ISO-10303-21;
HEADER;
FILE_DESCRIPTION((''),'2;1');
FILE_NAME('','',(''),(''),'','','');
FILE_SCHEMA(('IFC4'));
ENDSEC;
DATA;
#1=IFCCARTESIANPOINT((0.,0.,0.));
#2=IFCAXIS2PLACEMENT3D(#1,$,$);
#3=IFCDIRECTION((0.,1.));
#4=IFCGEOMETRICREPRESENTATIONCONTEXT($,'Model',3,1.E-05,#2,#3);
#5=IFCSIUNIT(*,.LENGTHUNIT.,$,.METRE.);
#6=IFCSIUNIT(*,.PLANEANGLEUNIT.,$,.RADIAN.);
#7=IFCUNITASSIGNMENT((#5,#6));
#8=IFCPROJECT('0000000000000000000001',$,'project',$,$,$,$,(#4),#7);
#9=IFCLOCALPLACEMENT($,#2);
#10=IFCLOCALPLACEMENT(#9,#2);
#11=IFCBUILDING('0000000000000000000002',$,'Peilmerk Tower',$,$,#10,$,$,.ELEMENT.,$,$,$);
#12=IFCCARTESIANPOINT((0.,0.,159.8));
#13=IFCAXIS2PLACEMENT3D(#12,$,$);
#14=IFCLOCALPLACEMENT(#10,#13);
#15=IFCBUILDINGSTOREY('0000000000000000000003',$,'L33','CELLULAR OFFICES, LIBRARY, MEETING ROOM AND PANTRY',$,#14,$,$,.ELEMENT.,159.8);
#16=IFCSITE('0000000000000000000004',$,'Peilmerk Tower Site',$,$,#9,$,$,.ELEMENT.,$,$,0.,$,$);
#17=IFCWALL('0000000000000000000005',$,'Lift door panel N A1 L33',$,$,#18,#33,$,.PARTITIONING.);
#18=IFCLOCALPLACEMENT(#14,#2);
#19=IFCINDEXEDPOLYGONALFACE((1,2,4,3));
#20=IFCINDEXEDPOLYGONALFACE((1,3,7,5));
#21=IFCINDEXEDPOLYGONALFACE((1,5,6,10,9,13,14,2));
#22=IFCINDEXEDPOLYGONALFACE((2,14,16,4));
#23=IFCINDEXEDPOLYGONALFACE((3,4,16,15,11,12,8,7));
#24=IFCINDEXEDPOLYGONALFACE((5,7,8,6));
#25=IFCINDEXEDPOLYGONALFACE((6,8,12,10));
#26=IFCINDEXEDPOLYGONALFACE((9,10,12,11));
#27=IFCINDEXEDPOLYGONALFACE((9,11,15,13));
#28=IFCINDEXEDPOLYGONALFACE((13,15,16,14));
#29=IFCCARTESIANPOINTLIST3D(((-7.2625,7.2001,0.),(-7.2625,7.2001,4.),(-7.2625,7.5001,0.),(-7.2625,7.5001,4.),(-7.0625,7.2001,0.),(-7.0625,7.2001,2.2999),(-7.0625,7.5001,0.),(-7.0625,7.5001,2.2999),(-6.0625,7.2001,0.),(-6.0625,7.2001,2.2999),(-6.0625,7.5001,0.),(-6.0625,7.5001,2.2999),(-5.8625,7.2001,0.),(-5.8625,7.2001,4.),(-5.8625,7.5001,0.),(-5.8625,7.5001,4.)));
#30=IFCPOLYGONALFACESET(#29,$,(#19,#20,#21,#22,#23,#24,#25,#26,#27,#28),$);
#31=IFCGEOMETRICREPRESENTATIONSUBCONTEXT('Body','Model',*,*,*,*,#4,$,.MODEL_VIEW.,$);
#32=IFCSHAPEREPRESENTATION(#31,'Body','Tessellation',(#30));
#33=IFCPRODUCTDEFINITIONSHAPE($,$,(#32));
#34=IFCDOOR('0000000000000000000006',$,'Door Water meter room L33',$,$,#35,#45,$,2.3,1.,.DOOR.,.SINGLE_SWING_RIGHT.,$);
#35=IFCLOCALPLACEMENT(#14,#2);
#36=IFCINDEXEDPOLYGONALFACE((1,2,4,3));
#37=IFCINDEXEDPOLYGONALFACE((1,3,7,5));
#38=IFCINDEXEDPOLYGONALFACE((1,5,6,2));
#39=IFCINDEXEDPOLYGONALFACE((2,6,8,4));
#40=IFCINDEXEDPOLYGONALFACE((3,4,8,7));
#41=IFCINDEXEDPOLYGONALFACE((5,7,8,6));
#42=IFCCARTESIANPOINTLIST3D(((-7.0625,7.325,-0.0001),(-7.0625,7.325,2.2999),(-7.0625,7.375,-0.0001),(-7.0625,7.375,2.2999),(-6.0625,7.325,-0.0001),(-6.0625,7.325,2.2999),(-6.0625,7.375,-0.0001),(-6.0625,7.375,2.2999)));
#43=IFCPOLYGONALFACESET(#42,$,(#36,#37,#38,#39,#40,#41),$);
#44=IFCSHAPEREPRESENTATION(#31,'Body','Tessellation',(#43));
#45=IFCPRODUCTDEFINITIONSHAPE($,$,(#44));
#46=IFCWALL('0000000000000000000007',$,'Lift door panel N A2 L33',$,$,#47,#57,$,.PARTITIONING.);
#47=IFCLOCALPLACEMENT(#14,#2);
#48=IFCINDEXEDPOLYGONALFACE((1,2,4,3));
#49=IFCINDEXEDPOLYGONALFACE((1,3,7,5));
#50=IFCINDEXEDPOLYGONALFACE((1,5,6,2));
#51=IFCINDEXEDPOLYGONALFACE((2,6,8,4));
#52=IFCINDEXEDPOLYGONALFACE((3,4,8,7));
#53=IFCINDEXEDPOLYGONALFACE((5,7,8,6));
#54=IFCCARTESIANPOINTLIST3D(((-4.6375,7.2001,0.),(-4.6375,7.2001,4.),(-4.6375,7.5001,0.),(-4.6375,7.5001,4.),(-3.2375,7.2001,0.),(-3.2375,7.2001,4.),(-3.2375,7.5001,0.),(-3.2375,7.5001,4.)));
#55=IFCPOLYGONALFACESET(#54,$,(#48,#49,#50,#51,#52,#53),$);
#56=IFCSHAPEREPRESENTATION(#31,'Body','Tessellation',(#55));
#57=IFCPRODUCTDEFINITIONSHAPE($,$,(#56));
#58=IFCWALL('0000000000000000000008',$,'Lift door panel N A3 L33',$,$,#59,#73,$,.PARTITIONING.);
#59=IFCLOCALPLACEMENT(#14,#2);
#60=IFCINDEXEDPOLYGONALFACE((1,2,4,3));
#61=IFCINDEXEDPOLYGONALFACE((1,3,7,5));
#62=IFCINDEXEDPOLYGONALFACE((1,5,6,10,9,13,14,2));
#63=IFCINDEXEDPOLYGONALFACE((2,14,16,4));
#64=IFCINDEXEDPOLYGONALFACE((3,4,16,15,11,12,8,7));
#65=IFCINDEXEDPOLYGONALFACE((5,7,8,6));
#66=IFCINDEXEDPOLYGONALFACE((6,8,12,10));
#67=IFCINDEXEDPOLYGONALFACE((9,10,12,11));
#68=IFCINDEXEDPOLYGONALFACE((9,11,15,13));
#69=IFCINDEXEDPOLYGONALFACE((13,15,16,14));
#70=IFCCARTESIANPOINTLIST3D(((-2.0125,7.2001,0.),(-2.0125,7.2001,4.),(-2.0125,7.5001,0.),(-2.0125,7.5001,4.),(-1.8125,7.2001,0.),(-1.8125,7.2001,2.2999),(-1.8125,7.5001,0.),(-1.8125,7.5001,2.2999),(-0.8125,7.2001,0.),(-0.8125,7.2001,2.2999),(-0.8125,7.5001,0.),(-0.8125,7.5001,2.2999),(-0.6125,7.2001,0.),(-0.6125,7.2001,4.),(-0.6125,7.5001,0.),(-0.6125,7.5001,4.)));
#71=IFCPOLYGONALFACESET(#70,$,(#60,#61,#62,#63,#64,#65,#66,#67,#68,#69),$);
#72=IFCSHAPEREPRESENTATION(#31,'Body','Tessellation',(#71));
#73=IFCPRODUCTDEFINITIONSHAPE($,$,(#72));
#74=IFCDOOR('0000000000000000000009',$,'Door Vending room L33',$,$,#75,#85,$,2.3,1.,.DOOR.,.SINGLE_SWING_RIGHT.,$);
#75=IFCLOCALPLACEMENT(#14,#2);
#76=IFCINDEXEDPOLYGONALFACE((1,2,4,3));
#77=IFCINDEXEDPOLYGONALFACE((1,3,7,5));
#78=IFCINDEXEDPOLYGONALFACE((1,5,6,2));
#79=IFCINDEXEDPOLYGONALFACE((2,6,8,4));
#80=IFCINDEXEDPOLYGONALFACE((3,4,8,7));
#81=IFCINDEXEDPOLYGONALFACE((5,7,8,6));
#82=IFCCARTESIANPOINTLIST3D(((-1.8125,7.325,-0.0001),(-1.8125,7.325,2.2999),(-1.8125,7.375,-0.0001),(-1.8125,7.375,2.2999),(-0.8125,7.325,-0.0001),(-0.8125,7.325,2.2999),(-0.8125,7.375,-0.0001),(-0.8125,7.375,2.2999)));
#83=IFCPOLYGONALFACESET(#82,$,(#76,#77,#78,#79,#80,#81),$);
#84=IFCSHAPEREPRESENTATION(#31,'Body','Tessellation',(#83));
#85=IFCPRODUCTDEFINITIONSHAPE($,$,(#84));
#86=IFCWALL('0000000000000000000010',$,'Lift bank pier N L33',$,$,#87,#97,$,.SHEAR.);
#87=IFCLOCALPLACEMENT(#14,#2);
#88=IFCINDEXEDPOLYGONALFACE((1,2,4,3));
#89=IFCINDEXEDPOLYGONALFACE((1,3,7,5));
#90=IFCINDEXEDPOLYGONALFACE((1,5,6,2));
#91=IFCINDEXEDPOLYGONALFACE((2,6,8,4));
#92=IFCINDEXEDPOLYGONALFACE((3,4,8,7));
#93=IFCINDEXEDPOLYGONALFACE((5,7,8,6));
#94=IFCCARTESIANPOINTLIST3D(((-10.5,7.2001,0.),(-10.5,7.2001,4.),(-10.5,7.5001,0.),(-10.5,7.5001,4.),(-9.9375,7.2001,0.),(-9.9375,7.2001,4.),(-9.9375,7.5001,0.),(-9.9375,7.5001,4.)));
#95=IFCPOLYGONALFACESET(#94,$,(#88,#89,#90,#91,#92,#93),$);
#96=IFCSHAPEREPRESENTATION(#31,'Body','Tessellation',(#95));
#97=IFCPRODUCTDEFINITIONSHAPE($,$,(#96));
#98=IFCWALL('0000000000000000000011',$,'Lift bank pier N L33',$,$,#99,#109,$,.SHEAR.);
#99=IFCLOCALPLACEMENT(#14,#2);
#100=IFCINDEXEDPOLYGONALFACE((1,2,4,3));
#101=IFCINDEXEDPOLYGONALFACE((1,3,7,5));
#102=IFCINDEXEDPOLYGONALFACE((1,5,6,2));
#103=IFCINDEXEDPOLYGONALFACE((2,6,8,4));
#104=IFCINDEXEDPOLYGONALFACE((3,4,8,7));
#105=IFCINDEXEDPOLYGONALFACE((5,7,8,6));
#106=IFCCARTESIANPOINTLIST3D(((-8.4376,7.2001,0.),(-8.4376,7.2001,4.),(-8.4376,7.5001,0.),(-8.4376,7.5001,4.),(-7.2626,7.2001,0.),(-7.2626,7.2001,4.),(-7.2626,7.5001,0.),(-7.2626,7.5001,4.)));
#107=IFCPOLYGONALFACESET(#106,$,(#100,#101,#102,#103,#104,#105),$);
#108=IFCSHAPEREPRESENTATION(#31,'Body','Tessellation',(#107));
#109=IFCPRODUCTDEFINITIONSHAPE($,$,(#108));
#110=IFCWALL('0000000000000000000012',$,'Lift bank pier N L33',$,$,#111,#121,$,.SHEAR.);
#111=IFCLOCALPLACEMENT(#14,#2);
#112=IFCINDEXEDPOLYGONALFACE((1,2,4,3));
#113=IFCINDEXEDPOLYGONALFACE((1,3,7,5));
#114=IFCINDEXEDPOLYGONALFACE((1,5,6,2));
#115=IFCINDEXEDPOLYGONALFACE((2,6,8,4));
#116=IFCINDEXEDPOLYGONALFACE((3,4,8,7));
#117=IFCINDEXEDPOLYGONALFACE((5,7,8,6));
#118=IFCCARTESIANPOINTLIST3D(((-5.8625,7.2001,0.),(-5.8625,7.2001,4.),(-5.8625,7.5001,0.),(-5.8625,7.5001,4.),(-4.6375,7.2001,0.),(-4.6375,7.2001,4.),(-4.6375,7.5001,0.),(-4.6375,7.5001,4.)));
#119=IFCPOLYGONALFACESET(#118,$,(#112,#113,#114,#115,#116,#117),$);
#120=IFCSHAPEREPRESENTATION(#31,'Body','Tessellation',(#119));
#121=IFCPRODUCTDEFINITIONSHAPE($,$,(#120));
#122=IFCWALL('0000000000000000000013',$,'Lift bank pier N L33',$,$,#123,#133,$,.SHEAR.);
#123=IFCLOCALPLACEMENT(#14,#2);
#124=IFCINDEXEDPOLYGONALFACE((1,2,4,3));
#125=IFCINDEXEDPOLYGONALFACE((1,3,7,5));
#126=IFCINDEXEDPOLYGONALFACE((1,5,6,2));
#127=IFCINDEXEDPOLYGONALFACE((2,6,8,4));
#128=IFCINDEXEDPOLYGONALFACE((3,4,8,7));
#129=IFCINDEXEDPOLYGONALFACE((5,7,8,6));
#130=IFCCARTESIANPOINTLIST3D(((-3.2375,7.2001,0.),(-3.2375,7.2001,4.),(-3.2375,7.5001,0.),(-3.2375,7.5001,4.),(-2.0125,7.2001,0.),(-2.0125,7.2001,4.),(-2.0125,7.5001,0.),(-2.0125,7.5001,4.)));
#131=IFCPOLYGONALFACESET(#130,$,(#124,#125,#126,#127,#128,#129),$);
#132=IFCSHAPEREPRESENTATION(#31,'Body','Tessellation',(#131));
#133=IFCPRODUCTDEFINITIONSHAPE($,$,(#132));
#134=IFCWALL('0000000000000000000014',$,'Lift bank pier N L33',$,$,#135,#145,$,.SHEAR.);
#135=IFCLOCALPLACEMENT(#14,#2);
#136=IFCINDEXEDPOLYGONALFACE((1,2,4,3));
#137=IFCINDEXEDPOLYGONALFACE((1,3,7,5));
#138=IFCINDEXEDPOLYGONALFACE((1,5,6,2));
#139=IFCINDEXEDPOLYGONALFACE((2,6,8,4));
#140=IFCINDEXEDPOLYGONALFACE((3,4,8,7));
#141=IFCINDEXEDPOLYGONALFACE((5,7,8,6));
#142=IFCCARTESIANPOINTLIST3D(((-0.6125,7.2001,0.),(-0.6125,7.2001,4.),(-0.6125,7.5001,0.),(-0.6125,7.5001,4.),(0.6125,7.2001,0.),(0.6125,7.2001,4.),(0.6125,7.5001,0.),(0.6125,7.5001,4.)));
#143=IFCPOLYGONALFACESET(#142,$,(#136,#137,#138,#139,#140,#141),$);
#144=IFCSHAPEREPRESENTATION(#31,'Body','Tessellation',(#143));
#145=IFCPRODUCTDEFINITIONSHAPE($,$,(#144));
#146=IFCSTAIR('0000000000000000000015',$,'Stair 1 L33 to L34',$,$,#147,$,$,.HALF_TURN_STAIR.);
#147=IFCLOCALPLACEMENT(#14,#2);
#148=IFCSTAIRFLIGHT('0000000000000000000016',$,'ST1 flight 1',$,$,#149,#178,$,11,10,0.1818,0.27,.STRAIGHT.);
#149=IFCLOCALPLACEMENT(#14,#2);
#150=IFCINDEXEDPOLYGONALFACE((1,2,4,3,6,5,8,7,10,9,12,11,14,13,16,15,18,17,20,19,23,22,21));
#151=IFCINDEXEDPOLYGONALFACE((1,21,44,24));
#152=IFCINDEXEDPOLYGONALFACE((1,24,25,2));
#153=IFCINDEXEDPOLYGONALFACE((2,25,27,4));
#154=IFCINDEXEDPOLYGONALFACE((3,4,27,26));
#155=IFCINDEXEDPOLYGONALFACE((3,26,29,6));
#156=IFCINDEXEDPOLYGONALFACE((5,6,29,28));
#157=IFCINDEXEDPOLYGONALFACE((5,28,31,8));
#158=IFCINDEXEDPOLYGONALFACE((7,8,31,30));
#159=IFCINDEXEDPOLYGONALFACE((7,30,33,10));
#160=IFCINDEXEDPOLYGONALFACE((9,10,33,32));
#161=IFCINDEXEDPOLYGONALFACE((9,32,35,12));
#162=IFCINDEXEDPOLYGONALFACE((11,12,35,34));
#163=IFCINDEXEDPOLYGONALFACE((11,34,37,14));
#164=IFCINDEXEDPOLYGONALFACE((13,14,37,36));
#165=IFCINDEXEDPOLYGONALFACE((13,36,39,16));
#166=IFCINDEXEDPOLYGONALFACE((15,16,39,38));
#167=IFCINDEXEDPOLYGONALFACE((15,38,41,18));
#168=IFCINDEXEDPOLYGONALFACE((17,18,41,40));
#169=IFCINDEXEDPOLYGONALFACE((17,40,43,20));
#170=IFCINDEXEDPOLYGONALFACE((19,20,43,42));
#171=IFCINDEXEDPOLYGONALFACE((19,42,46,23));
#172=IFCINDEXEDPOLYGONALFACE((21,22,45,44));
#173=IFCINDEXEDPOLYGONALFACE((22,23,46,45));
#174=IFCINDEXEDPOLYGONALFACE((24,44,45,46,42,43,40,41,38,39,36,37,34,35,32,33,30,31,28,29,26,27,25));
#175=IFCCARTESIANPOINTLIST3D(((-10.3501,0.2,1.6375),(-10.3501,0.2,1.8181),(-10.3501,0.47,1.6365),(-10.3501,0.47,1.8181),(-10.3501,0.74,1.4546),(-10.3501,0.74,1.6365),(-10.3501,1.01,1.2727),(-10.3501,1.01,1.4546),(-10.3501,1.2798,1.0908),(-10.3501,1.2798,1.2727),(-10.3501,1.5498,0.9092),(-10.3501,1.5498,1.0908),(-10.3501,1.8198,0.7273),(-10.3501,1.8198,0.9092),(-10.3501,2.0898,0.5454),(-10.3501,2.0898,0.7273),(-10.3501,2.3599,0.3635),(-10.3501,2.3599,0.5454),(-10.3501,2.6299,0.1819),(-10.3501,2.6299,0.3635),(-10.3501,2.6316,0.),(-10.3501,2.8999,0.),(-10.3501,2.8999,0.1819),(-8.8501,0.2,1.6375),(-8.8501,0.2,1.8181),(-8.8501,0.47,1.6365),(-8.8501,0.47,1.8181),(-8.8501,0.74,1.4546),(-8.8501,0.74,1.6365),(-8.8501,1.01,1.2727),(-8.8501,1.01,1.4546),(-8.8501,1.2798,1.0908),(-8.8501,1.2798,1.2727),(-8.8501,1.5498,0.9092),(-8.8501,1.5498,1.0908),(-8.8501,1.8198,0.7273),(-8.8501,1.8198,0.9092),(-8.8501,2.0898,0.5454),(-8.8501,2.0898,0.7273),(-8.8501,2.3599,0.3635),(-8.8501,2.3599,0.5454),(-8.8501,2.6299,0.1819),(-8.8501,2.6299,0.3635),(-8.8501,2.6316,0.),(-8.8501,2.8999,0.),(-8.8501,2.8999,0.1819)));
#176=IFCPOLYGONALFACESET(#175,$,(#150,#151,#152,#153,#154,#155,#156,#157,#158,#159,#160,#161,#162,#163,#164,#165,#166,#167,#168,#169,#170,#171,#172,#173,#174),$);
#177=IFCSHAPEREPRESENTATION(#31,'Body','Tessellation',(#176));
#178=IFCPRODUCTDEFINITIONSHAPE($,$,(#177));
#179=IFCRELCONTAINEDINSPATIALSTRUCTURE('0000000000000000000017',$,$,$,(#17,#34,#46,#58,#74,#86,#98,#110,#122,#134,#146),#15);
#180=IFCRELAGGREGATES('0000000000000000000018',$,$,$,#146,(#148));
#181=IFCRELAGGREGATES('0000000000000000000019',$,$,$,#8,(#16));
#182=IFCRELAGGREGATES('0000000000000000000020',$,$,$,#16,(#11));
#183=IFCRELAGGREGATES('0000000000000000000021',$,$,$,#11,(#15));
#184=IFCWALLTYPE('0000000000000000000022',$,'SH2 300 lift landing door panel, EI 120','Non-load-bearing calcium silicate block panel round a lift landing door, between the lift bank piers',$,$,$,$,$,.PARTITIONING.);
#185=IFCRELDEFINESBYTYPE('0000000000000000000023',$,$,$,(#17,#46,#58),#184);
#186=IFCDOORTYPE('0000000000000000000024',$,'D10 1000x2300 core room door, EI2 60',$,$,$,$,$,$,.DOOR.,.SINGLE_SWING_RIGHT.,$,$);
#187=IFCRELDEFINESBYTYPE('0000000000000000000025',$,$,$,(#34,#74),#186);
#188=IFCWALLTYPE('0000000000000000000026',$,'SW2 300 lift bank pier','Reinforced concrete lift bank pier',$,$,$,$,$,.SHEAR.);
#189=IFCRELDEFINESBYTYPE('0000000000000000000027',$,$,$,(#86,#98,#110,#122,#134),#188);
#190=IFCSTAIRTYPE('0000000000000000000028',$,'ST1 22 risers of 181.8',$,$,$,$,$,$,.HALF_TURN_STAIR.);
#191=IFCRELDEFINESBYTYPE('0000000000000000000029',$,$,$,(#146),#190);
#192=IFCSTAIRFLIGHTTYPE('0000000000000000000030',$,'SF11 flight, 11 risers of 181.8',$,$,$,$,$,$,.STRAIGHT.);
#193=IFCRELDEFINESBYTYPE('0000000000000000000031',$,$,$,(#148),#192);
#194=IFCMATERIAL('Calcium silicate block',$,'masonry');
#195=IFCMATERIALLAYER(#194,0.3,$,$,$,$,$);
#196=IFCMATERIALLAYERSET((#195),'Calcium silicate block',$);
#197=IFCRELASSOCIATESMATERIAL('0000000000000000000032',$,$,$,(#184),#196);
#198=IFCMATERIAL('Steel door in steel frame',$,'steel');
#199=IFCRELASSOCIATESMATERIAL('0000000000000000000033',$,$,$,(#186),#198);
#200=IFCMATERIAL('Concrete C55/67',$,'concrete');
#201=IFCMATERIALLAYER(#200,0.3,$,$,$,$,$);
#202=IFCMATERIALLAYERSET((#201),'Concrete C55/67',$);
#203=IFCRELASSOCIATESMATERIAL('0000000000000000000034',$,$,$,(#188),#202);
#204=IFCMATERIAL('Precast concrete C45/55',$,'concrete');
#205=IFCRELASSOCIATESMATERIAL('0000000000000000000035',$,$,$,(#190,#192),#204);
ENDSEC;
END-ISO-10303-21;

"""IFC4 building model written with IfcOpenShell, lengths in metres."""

from ifc_helpers import new_model, si_unit, direction, frame, frame_2d, origin, place, context, subcontext, project, spatial, polyline, rectangle, outline, extrude, material, layer, layer_set, type_object, element, fill, aggregate, save


model = new_model("IFC4")

# Units and contexts
model_context = context("Model", 3, precision=1e-05, world=origin(), true_north=direction((0.0, 1.0)))
body_context = subcontext(model_context, "Body", "Model", "MODEL_VIEW")
ifc_project = project(units=[si_unit("LENGTHUNIT", "METRE"), si_unit("PLANEANGLEUNIT", "RADIAN")], contexts=[model_context])

# Site, building, storey
site_placement = place(None, origin())
site = spatial("IfcSite", under=ifc_project, at=site_placement, Name="Peilmerk Tower Site", CompositionType="ELEMENT", RefElevation=0.0)
building_placement = place(site_placement, origin())
building = spatial("IfcBuilding", under=site, at=building_placement, Name="Peilmerk Tower", CompositionType="ELEMENT")
storey_placement = place(building_placement, frame((0.0, 0.0, 159.8)))
storey = spatial("IfcBuildingStorey", under=building, at=storey_placement, Name="L33", Description="CELLULAR OFFICES, LIBRARY, MEETING ROOM AND PANTRY", CompositionType="ELEMENT", Elevation=159.8)

# Shared definitions
ifc_material_1 = material(Name="Concrete C55/67", Category="concrete")

# Shared definitions
ifc_material_2 = material(Name="Steel door in steel frame", Category="steel")

# Wall, opening, door
ifc_material_3 = material(Name="Calcium silicate block", Category="masonry")
ifc_layer_1 = layer(ifc_material_3, 0.3)
ifc_layer_set_1 = layer_set([ifc_layer_1], Name="Calcium silicate block")
wall_type_1 = type_object("IfcWallType", Name="SH2 300 lift landing door panel, EI 120", Description="Non-load-bearing calcium silicate block panel round a lift landing door, between the lift bank piers", PredefinedType="PARTITIONING", material=ifc_layer_set_1)
wall_1_placement = place(storey_placement, frame((-7.2625, 7.3501, 0.0), z_axis=(0.0, 0.0, 1.0), x_axis=(1.0, 0.0, 0.0)))
wall_1 = element("IfcWall", 1, at=wall_1_placement, inside=storey, type_object=wall_type_1, Name="Lift door panel N A1 L33", PredefinedType="PARTITIONING", context=body_context, shape_type="SweptSolid", body=[
    extrude(rectangle(XDim=1.3999, YDim=0.3, at=frame_2d((0.7, 0.0))), origin(), (0.0, 0.0, 1.0), 4.0),
])
opening_1_placement = place(wall_1_placement, frame((0.2, 0.0, 0.0)))
opening_1 = element("IfcOpeningElement", 2, at=opening_1_placement, cuts=wall_1, PredefinedType="OPENING", context=body_context, shape_type="SweptSolid", body=[
    extrude(rectangle(XDim=1.0, YDim=2.3, at=frame_2d((0.5, 1.1499))), frame((0.0, 0.1599, 0.0), z_axis=(0.0, -1.0, 0.0), x_axis=(1.0, 0.0, 0.0)), (0.0, 0.0, 1.0), 0.3201),
])
door_type_1 = type_object("IfcDoorType", Name="D10 1000x2300 core room door, EI2 60", OperationType="SINGLE_SWING_RIGHT", PredefinedType="DOOR", material=ifc_material_2)
door_1_placement = place(opening_1_placement, origin())
door_1 = element("IfcDoor", 3, at=door_1_placement, inside=storey, type_object=door_type_1, Name="Door Water meter room L33", OperationType="SINGLE_SWING_RIGHT", OverallHeight=2.3, OverallWidth=1.0, PredefinedType="DOOR", context=body_context, shape_type="SweptSolid", body=[
    extrude(rectangle(XDim=1.0, YDim=2.3, at=frame_2d((0.5, 1.1499))), frame((0.0, 0.0249, 0.0), z_axis=(0.0, -1.0, 0.0), x_axis=(1.0, 0.0, 0.0)), (0.0, 0.0, 1.0), 0.05),
])
fill(opening_1, door_1)

# Wall
wall_2_placement = place(storey_placement, frame((-4.6375, 7.3501, 0.0), z_axis=(0.0, 0.0, 1.0), x_axis=(1.0, 0.0, 0.0)))
element("IfcWall", 4, at=wall_2_placement, inside=storey, type_object=wall_type_1, Name="Lift door panel N A2 L33", PredefinedType="PARTITIONING", context=body_context, shape_type="SweptSolid", body=[
    extrude(rectangle(XDim=1.3999, YDim=0.3, at=frame_2d((0.7, 0.0))), origin(), (0.0, 0.0, 1.0), 4.0),
])

# Wall, opening, door
wall_3_placement = place(storey_placement, frame((-2.0125, 7.3501, 0.0), z_axis=(0.0, 0.0, 1.0), x_axis=(1.0, 0.0, 0.0)))
wall_3 = element("IfcWall", 5, at=wall_3_placement, inside=storey, type_object=wall_type_1, Name="Lift door panel N A3 L33", PredefinedType="PARTITIONING", context=body_context, shape_type="SweptSolid", body=[
    extrude(rectangle(XDim=1.3999, YDim=0.3, at=frame_2d((0.7, 0.0))), origin(), (0.0, 0.0, 1.0), 4.0),
])
opening_2_placement = place(wall_3_placement, frame((0.2, 0.0, 0.0)))
opening_2 = element("IfcOpeningElement", 6, at=opening_2_placement, cuts=wall_3, PredefinedType="OPENING", context=body_context, shape_type="SweptSolid", body=[
    extrude(rectangle(XDim=1.0, YDim=2.3, at=frame_2d((0.5, 1.1499))), frame((0.0, 0.1599, 0.0), z_axis=(0.0, -1.0, 0.0), x_axis=(1.0, 0.0, 0.0)), (0.0, 0.0, 1.0), 0.3201),
])
door_2_placement = place(opening_2_placement, origin())
door_2 = element("IfcDoor", 7, at=door_2_placement, inside=storey, type_object=door_type_1, Name="Door Vending room L33", OperationType="SINGLE_SWING_RIGHT", OverallHeight=2.3, OverallWidth=1.0, PredefinedType="DOOR", context=body_context, shape_type="SweptSolid", body=[
    extrude(rectangle(XDim=1.0, YDim=2.3, at=frame_2d((0.5, 1.1499))), frame((0.0, 0.0249, 0.0), z_axis=(0.0, -1.0, 0.0), x_axis=(1.0, 0.0, 0.0)), (0.0, 0.0, 1.0), 0.05),
])
fill(opening_2, door_2)

# Walls
ifc_layer_2 = layer(ifc_material_1, 0.3)
ifc_layer_set_2 = layer_set([ifc_layer_2], Name="Concrete C55/67")
wall_type_2 = type_object("IfcWallType", Name="SW2 300 lift bank pier", Description="Reinforced concrete lift bank pier", PredefinedType="SHEAR", material=ifc_layer_set_2)
wall_4_placement = place(storey_placement, frame((-10.5, 7.3501, 0.0), z_axis=(0.0, 0.0, 1.0), x_axis=(1.0, 0.0, 0.0)))
element("IfcWall", 8, at=wall_4_placement, inside=storey, type_object=wall_type_2, Name="Lift bank pier N L33", PredefinedType="SHEAR", context=body_context, shape_type="SweptSolid", body=[
    extrude(rectangle(XDim=0.5625, YDim=0.3, at=frame_2d((0.2812, 0.0))), origin(), (0.0, 0.0, 1.0), 4.0),
])
wall_5_placement = place(storey_placement, frame((-8.4375, 7.3501, 0.0), z_axis=(0.0, 0.0, 1.0), x_axis=(1.0, 0.0, 0.0)))
element("IfcWall", 9, at=wall_5_placement, inside=storey, type_object=wall_type_2, Name="Lift bank pier N L33", PredefinedType="SHEAR", context=body_context, shape_type="SweptSolid", body=[
    extrude(rectangle(XDim=1.175, YDim=0.3, at=frame_2d((0.5874, 0.0))), origin(), (0.0, 0.0, 1.0), 4.0),
])
for number, where, z_axis, x_axis, name in (
    (10, (-5.8625, 7.3501, 0.0), (0.0, 0.0, 1.0), (1.0, 0.0, 0.0), "Lift bank pier N L33"),
    (11, (-3.2375, 7.3501, 0.0), (0.0, 0.0, 1.0), (1.0, 0.0, 0.0), "Lift bank pier N L33"),
    (12, (-0.6125, 7.3501, 0.0), (0.0, 0.0, 1.0), (1.0, 0.0, 0.0), "Lift bank pier N L33"),
):
    element("IfcWall", number, at=place(storey_placement, frame(where, z_axis=z_axis, x_axis=x_axis)), inside=storey, type_object=wall_type_2, Name=name, PredefinedType="SHEAR", context=body_context, shape_type="SweptSolid", body=[
        extrude(rectangle(XDim=1.2251, YDim=0.3, at=frame_2d((0.6125, 0.0))), origin(), (0.0, 0.0, 1.0), 4.0),
    ])

# Stair, stair flight
ifc_material_4 = material(Name="Precast concrete C45/55", Category="concrete")
stair_type = type_object("IfcStairType", Name="ST1 22 risers of 181.8", PredefinedType="HALF_TURN_STAIR", material=ifc_material_4)
stair_placement = place(storey_placement, origin())
stair = element("IfcStair", 13, at=stair_placement, inside=storey, type_object=stair_type, Name="Stair 1 L33 to L34", PredefinedType="HALF_TURN_STAIR")
stair_flight_type = type_object("IfcStairFlightType", Name="SF11 flight, 11 risers of 181.8", PredefinedType="STRAIGHT", material=ifc_material_4)
stair_flight_1_placement = place(storey_placement, frame((-9.6001, 2.8999, 0.0), z_axis=(0.0, 0.0, 1.0), x_axis=(0.0, -1.0, 0.0)))
stair_flight_1 = element("IfcStairFlight", 14, at=stair_flight_1_placement, type_object=stair_flight_type, Name="ST1 flight 1", NumberOfRisers=11, NumberOfTreads=10, PredefinedType="STRAIGHT", RiserHeight=0.1818, TreadLength=0.27, context=body_context, shape_type="SweptSolid", body=[
    extrude(outline(polyline([(0.0, 0.0), (0.0, 0.1819), (0.27, 0.1819), (0.27, 0.3635), (0.54, 0.3635), (0.54, 0.5454), (0.8101, 0.5454), (0.8101, 0.7273), (1.0801, 0.7273), (1.0801, 0.9092), (1.3501, 0.9092), (1.3501, 1.0908), (1.6201, 1.0908), (1.6201, 1.2727), (1.8899, 1.2727), (1.8899, 1.4546), (2.1599, 1.4546), (2.1599, 1.6365), (2.4299, 1.6365), (2.4299, 1.8181), (2.7, 1.8181), (2.7, 2.0), (2.7, 1.6375), (0.2683, 0.0), (0.0, 0.0)])), frame((0.0, 0.75, 0.0), z_axis=(0.0, -1.0, 0.0), x_axis=(1.0, 0.0, 0.0)), (0.0, 0.0, 1.0), 1.5),
])
aggregate(stair, [stair_flight_1])

save(model, "model.ifc")
